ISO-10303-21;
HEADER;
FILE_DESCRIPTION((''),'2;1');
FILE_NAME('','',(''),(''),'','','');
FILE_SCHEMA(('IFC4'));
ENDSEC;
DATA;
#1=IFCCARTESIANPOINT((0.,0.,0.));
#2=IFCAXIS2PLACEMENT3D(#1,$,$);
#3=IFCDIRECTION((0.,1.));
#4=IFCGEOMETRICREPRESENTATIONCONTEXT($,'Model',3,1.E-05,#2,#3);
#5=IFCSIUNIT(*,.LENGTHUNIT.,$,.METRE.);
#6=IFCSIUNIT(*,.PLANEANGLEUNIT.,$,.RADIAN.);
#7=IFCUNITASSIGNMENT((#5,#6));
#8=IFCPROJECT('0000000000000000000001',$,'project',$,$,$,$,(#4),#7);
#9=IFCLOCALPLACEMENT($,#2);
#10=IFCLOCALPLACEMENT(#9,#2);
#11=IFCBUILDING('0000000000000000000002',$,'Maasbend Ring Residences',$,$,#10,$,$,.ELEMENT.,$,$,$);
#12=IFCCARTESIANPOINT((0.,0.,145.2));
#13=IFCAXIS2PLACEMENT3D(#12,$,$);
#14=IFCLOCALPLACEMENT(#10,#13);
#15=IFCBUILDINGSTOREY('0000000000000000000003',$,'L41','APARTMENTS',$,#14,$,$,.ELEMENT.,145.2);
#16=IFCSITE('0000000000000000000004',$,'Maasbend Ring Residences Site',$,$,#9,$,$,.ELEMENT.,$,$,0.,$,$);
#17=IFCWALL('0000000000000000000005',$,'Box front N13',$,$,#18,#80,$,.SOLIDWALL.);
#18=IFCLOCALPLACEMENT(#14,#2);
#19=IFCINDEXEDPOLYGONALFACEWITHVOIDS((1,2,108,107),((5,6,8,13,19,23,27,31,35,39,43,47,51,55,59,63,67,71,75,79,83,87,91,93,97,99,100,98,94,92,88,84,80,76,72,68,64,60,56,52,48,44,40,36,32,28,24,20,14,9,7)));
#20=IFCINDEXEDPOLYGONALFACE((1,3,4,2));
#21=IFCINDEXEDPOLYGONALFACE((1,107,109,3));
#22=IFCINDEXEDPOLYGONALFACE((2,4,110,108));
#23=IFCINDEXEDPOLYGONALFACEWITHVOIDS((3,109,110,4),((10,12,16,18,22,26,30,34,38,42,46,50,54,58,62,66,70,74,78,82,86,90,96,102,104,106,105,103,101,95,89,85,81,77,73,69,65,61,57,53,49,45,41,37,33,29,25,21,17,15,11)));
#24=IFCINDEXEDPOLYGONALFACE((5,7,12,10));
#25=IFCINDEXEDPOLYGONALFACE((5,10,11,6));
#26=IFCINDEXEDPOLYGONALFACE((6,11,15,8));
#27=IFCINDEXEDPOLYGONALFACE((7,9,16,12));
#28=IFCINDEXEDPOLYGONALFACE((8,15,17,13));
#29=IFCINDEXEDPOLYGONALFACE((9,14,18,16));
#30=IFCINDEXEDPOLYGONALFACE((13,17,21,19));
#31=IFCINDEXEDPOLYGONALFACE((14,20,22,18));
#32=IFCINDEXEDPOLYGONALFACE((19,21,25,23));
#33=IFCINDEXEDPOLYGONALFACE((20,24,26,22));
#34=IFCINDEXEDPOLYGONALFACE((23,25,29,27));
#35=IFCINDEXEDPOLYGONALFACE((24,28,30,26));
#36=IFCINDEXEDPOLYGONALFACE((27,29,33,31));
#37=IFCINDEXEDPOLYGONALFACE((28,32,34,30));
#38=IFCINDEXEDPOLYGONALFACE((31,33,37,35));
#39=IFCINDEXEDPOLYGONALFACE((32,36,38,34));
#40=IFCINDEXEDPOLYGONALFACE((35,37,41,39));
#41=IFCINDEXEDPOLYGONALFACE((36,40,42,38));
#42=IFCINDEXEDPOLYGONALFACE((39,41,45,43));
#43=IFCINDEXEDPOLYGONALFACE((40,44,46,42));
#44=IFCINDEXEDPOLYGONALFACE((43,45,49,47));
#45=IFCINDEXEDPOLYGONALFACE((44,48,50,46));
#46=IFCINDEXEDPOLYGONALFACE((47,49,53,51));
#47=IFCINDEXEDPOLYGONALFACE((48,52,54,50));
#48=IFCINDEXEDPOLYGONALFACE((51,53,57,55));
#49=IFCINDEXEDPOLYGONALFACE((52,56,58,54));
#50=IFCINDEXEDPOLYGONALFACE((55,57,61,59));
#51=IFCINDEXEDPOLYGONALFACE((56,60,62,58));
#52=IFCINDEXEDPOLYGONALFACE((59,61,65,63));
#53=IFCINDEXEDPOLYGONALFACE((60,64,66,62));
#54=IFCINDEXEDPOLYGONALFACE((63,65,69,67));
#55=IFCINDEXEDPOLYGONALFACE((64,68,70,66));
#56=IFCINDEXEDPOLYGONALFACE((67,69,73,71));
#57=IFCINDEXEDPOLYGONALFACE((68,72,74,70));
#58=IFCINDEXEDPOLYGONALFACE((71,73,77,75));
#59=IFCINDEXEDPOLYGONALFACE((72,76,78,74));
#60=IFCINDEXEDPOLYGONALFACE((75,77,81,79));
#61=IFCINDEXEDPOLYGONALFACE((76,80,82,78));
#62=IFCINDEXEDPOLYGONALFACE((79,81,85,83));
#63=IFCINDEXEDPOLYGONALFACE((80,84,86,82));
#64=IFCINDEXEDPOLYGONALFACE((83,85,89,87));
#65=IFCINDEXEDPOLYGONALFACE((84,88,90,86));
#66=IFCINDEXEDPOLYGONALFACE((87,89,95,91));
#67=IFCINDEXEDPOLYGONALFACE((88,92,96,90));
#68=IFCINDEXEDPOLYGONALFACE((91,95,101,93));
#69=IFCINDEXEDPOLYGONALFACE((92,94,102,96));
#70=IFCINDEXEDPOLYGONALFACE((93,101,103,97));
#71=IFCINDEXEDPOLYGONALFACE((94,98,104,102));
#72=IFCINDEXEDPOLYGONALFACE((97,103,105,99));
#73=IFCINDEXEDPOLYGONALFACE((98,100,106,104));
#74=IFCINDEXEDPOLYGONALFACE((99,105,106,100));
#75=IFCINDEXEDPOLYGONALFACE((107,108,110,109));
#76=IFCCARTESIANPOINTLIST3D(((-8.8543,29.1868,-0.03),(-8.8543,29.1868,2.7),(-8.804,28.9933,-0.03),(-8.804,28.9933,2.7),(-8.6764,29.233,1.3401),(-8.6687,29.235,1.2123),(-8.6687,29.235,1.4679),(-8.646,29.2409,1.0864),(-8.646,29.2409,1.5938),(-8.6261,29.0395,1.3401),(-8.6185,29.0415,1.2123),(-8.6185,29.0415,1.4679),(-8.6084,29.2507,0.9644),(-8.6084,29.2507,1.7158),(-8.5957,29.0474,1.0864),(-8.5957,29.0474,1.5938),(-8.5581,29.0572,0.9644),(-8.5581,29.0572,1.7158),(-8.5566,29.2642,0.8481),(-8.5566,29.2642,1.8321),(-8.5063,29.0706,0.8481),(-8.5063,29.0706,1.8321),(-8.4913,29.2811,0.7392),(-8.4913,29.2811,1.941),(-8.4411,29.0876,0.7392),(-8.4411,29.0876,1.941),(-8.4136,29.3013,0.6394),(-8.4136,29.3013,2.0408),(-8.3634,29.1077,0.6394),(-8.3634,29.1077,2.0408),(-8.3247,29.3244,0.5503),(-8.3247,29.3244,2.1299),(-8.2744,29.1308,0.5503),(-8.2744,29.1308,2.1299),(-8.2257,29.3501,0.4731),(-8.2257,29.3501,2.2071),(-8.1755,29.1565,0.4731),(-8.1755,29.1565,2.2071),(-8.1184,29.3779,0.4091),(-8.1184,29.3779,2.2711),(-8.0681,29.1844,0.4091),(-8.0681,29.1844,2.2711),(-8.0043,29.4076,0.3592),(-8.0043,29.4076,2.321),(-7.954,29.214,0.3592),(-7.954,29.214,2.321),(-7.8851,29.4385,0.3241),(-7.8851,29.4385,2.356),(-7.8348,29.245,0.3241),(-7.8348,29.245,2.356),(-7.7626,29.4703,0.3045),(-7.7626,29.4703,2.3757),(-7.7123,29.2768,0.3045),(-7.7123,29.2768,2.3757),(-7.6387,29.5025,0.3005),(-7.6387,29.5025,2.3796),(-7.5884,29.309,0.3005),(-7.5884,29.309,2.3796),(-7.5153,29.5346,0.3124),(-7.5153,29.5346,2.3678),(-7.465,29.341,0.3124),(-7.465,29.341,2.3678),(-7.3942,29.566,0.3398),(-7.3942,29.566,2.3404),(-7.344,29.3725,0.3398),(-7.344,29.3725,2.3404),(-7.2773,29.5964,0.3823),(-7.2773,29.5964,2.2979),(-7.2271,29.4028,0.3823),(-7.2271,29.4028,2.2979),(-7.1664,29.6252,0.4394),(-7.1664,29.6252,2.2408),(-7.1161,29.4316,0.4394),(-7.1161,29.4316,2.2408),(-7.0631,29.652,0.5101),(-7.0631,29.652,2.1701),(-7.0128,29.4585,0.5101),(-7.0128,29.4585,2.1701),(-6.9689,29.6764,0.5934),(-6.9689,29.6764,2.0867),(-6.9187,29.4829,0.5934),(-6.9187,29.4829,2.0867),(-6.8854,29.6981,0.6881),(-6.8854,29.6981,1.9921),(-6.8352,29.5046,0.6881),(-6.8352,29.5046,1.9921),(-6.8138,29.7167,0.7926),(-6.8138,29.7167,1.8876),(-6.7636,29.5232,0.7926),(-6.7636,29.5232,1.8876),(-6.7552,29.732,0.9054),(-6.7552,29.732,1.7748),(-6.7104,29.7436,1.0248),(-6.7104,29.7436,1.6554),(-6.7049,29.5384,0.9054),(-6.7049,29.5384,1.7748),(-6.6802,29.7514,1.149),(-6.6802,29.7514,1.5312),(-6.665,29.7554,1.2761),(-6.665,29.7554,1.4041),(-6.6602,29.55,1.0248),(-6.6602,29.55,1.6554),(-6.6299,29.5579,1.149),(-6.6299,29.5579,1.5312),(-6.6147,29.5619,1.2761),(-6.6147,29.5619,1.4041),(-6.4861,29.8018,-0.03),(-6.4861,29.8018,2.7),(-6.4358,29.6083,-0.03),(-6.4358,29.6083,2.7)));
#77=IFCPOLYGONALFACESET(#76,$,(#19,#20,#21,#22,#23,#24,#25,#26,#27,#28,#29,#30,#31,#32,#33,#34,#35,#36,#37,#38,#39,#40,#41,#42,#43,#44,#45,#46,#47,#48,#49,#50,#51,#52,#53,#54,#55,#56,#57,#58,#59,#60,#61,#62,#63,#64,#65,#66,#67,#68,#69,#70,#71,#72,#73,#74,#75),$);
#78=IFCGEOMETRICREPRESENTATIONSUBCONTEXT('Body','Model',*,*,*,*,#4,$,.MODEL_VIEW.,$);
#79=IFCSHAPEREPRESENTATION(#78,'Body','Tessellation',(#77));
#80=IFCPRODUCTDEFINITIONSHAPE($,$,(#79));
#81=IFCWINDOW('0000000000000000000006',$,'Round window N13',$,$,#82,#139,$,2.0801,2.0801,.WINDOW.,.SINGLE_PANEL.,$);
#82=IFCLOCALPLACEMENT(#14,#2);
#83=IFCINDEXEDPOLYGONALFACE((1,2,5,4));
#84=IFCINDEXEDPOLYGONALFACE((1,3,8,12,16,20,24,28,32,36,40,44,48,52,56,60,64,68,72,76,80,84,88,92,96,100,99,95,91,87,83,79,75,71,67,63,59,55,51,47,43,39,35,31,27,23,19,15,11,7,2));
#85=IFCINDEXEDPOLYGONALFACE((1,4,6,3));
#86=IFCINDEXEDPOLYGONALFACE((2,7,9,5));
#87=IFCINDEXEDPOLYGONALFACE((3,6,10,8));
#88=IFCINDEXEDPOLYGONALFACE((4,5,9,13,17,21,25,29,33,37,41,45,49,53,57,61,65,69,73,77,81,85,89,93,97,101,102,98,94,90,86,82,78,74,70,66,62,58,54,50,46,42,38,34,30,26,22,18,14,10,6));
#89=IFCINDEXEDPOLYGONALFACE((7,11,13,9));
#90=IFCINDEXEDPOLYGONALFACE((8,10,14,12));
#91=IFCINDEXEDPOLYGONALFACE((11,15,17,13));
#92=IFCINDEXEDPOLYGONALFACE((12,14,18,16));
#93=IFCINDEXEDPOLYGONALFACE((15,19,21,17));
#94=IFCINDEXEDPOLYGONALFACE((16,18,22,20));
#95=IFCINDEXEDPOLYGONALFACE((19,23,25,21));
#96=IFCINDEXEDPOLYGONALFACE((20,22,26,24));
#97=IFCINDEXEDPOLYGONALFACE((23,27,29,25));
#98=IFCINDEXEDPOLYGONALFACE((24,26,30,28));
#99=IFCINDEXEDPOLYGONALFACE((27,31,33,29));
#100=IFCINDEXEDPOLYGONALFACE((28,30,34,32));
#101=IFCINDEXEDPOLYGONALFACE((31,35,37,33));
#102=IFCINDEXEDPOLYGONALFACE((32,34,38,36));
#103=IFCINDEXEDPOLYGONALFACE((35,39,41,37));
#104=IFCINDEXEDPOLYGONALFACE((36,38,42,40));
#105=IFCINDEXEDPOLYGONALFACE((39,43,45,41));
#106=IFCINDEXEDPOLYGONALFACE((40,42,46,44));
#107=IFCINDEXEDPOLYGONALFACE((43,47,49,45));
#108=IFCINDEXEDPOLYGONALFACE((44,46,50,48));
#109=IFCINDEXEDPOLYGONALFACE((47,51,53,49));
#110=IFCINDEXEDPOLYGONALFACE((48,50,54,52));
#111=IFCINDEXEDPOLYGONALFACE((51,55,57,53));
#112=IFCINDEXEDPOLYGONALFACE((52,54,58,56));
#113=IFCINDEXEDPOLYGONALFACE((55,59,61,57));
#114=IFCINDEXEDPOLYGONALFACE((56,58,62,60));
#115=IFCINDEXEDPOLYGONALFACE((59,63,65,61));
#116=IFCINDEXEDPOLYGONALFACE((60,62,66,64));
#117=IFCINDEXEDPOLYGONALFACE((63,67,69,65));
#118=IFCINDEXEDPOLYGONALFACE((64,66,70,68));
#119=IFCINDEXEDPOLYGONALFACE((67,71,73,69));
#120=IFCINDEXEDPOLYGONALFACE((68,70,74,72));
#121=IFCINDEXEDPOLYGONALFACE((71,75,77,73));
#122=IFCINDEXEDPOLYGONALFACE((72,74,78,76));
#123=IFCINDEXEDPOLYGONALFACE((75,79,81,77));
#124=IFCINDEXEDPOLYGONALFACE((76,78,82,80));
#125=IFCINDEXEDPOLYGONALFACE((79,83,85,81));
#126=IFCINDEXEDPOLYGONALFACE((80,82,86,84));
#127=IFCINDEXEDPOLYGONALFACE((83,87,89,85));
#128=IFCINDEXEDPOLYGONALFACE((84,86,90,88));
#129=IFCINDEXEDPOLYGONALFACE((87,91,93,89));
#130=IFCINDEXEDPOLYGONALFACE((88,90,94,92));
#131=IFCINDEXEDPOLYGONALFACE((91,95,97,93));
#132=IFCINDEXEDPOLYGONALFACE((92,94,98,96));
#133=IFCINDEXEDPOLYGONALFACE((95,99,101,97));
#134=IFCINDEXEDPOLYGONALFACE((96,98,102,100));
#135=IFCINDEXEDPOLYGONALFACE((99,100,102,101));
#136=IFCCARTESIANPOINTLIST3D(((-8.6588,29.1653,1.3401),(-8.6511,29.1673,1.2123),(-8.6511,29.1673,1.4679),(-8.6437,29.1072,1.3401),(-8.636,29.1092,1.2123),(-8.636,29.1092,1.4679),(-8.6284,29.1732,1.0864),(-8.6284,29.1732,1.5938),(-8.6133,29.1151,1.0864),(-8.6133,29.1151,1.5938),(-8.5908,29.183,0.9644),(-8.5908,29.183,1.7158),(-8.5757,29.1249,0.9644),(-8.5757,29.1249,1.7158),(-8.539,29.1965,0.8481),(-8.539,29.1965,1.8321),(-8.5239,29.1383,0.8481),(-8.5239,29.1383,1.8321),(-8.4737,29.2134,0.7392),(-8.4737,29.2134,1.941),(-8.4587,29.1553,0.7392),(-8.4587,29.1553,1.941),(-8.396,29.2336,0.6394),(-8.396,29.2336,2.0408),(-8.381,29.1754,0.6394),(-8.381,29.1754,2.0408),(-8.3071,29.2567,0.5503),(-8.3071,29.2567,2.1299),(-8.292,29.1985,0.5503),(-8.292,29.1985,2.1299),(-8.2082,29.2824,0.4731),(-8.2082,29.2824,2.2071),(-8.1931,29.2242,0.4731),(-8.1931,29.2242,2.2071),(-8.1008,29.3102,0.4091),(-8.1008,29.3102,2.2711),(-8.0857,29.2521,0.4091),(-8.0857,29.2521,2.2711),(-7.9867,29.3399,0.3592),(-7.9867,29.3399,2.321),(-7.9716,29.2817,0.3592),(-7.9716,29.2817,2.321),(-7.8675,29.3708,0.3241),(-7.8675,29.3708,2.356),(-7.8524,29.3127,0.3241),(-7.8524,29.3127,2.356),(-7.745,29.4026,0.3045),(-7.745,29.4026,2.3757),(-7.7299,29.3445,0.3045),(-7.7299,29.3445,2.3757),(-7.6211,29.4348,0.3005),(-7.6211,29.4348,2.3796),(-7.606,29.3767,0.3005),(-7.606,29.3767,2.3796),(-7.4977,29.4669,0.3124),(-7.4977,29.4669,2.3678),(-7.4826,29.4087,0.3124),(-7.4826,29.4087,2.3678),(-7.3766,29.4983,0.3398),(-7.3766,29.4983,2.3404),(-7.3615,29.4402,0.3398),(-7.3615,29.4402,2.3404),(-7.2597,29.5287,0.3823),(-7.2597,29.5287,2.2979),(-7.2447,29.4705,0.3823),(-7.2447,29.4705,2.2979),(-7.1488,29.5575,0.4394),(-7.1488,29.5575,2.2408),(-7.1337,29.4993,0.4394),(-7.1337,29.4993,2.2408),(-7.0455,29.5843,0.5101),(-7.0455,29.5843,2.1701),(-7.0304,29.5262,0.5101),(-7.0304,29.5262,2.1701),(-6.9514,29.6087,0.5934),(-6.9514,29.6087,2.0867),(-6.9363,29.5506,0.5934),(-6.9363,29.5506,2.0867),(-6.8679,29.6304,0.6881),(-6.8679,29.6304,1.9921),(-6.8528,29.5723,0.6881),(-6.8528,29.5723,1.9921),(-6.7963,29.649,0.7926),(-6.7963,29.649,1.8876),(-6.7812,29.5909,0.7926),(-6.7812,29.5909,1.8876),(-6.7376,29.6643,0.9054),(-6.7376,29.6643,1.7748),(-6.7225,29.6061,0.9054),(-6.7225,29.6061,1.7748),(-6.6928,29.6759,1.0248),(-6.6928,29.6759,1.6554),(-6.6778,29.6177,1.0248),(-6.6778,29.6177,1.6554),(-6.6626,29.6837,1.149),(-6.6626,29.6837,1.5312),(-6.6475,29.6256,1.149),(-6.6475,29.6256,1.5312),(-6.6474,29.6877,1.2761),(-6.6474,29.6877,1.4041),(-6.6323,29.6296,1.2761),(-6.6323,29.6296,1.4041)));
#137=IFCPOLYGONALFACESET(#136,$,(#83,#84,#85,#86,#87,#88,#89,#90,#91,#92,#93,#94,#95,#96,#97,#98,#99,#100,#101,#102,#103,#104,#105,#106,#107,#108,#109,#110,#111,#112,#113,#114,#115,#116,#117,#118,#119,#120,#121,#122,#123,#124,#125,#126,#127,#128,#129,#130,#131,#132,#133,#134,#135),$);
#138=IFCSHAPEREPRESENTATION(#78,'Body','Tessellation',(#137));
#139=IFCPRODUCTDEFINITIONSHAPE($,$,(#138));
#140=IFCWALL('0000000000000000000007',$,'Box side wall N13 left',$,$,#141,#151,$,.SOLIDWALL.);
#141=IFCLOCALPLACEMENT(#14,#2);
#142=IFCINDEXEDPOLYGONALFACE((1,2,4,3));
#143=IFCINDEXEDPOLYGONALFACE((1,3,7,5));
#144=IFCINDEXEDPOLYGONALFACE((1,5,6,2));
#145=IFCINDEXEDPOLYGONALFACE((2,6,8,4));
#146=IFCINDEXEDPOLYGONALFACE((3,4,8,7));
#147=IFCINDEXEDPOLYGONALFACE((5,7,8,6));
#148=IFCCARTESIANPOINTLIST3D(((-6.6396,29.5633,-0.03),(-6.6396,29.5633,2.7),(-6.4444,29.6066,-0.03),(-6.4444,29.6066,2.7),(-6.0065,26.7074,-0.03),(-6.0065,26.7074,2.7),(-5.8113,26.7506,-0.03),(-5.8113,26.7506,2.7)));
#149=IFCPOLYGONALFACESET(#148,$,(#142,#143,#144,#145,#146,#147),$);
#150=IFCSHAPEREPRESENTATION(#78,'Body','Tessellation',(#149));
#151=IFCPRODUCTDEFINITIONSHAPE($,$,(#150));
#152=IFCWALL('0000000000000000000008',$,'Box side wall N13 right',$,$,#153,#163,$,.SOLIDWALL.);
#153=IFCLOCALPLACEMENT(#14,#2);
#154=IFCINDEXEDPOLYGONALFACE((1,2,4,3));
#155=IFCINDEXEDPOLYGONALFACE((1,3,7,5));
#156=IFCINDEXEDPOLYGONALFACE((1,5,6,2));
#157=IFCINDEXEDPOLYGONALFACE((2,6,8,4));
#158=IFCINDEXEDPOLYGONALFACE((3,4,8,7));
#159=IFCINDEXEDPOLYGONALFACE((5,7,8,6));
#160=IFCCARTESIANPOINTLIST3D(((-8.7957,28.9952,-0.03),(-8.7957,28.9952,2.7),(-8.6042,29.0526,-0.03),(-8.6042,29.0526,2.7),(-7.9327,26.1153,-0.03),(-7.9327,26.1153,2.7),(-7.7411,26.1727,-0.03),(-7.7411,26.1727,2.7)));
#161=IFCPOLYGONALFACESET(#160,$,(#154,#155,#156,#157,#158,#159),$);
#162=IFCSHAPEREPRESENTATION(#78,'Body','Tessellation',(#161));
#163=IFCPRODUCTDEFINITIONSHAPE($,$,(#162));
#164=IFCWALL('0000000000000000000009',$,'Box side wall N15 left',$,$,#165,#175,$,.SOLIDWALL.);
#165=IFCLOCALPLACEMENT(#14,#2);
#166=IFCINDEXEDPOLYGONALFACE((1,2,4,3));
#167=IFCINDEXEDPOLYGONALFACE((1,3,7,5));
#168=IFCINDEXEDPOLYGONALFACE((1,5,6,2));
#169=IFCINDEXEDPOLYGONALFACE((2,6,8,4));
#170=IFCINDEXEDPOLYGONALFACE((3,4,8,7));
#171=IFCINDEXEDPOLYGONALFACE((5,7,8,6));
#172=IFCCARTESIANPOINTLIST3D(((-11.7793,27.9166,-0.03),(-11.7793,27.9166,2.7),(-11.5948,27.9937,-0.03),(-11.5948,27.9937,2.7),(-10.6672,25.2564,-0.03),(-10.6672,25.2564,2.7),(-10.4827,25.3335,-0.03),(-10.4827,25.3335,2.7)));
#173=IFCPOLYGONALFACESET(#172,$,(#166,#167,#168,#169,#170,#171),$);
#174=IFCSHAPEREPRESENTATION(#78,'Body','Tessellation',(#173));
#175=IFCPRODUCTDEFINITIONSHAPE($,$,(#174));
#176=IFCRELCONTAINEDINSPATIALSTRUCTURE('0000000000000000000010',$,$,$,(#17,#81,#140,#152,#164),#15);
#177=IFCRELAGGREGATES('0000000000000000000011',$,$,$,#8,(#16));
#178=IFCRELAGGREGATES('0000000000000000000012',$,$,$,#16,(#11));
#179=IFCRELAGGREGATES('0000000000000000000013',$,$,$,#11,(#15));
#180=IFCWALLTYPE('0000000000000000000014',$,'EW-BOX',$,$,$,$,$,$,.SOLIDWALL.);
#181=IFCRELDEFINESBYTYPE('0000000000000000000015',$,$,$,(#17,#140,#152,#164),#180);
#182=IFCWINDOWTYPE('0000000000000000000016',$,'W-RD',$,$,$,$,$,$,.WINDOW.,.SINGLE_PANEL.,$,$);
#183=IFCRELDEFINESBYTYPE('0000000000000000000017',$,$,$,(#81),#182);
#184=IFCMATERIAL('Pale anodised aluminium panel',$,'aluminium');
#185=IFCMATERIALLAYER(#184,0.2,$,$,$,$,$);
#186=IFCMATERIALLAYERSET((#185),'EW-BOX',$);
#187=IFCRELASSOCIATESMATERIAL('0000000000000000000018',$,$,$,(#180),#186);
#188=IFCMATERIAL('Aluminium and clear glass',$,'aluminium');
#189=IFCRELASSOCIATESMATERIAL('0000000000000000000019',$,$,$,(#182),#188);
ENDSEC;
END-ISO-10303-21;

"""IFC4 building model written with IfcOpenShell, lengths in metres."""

from ifc_helpers import new_model, si_unit, direction, frame, frame_2d, origin, place, context, subcontext, project, spatial, rectangle, circle, extrude, material, layer, layer_set, type_object, element, fill, save


model = new_model("IFC4")

# Units and contexts
model_context = context("Model", 3, precision=1e-05, world=origin(), true_north=direction((0.0, 1.0)))
body_context = subcontext(model_context, "Body", "Model", "MODEL_VIEW")
ifc_project = project(units=[si_unit("LENGTHUNIT", "METRE"), si_unit("PLANEANGLEUNIT", "RADIAN")], contexts=[model_context])

# Site, building, storey
site_placement = place(None, origin())
site = spatial("IfcSite", under=ifc_project, at=site_placement, Name="Maasbend Ring Residences Site", CompositionType="ELEMENT", RefElevation=0.0)
building_placement = place(site_placement, origin())
building = spatial("IfcBuilding", under=site, at=building_placement, Name="Maasbend Ring Residences", CompositionType="ELEMENT")
storey_placement = place(building_placement, frame((0.0, 0.0, 145.2)))
storey = spatial("IfcBuildingStorey", under=building, at=storey_placement, Name="L41", Description="APARTMENTS", CompositionType="ELEMENT", Elevation=145.2)

# Shared definitions
ifc_material_1 = material(Name="Pale anodised aluminium panel", Category="aluminium")
ifc_layer_1 = layer(ifc_material_1, 0.2)
ifc_layer_set_1 = layer_set([ifc_layer_1], Name="EW-BOX")
wall_type_1 = type_object("IfcWallType", Name="EW-BOX", PredefinedType="SOLIDWALL", material=ifc_layer_set_1)

# Wall, opening, window
wall_1_placement = place(storey_placement, frame((-6.4609, 29.7051, -0.03), z_axis=(0.0, 0.0, 1.0), x_axis=(-0.967895, -0.251353, 0.0)))
wall_1 = element("IfcWall", 1, at=wall_1_placement, inside=storey, type_object=wall_type_1, Name="Box front N13", PredefinedType="SOLIDWALL", context=body_context, shape_type="SweptSolid", body=[
    extrude(rectangle(XDim=2.4468, YDim=0.2, at=frame_2d((1.2234, 0.0))), origin(), (0.0, 0.0, 1.0), 2.73),
])
opening_1_placement = place(wall_1_placement, frame((0.1829, 0.0, 0.3301)))
opening_1 = element("IfcOpeningElement", 2, at=opening_1_placement, cuts=wall_1, PredefinedType="OPENING", context=body_context, shape_type="SweptSolid", body=[
    extrude(circle(Radius=1.04, at=frame_2d((1.04, 1.04))), frame((0.0, 0.1099, 0.0), z_axis=(0.0, -1.0, 0.0), x_axis=(1.0, 0.0, 0.0)), (0.0, 0.0, 1.0), 0.22),
])
ifc_material_2 = material(Name="Aluminium and clear glass", Category="aluminium")
window_type_1 = type_object("IfcWindowType", Name="W-RD", PartitioningType="SINGLE_PANEL", PredefinedType="WINDOW", material=ifc_material_2)
window_1_placement = place(opening_1_placement, origin())
window_1 = element("IfcWindow", 3, at=window_1_placement, inside=storey, type_object=window_type_1, Name="Round window N13", OverallHeight=2.0801, OverallWidth=2.0801, PartitioningType="SINGLE_PANEL", PredefinedType="WINDOW", context=body_context, shape_type="SweptSolid", body=[
    extrude(circle(Radius=1.04, at=frame_2d((1.04, 1.04))), frame((0.0, 0.03, 0.0), z_axis=(0.0, -1.0, 0.0), x_axis=(1.0, 0.0, 0.0)), (0.0, 0.0, 1.0), 0.0601),
])
fill(opening_1, window_1)

# Walls
wall_2_placement = place(storey_placement, frame((-5.9089, 26.729, -0.03), z_axis=(0.0, 0.0, 1.0), x_axis=(-0.216409, 0.976303, 0.0)))
element("IfcWall", 4, at=wall_2_placement, inside=storey, type_object=wall_type_1, Name="Box side wall N13 left", PredefinedType="SOLIDWALL", context=body_context, shape_type="SweptSolid", body=[
    extrude(rectangle(XDim=2.9253, YDim=0.2, at=frame_2d((1.4626, 0.0))), origin(), (0.0, 0.0, 1.0), 2.73),
])
wall_3_placement = place(storey_placement, frame((-7.8369, 26.144, -0.03), z_axis=(0.0, 0.0, 1.0), x_axis=(-0.287065, 0.957911, 0.0)))
element("IfcWall", 5, at=wall_3_placement, inside=storey, type_object=wall_type_1, Name="Box side wall N13 right", PredefinedType="SOLIDWALL", context=body_context, shape_type="SweptSolid", body=[
    extrude(rectangle(XDim=3.0063, YDim=0.2, at=frame_2d((1.5032, 0.0))), origin(), (0.0, 0.0, 1.0), 2.73),
])
wall_4_placement = place(storey_placement, frame((-10.575, 25.2949, -0.03), z_axis=(0.0, 0.0, 1.0), x_axis=(-0.385697, 0.922625, 0.0)))
element("IfcWall", 6, at=wall_4_placement, inside=storey, type_object=wall_type_1, Name="Box side wall N15 left", PredefinedType="SOLIDWALL", context=body_context, shape_type="SweptSolid", body=[
    extrude(rectangle(XDim=2.8833, YDim=0.2, at=frame_2d((1.4417, 0.0))), origin(), (0.0, 0.0, 1.0), 2.73),
])

save(model, "model.ifc")
